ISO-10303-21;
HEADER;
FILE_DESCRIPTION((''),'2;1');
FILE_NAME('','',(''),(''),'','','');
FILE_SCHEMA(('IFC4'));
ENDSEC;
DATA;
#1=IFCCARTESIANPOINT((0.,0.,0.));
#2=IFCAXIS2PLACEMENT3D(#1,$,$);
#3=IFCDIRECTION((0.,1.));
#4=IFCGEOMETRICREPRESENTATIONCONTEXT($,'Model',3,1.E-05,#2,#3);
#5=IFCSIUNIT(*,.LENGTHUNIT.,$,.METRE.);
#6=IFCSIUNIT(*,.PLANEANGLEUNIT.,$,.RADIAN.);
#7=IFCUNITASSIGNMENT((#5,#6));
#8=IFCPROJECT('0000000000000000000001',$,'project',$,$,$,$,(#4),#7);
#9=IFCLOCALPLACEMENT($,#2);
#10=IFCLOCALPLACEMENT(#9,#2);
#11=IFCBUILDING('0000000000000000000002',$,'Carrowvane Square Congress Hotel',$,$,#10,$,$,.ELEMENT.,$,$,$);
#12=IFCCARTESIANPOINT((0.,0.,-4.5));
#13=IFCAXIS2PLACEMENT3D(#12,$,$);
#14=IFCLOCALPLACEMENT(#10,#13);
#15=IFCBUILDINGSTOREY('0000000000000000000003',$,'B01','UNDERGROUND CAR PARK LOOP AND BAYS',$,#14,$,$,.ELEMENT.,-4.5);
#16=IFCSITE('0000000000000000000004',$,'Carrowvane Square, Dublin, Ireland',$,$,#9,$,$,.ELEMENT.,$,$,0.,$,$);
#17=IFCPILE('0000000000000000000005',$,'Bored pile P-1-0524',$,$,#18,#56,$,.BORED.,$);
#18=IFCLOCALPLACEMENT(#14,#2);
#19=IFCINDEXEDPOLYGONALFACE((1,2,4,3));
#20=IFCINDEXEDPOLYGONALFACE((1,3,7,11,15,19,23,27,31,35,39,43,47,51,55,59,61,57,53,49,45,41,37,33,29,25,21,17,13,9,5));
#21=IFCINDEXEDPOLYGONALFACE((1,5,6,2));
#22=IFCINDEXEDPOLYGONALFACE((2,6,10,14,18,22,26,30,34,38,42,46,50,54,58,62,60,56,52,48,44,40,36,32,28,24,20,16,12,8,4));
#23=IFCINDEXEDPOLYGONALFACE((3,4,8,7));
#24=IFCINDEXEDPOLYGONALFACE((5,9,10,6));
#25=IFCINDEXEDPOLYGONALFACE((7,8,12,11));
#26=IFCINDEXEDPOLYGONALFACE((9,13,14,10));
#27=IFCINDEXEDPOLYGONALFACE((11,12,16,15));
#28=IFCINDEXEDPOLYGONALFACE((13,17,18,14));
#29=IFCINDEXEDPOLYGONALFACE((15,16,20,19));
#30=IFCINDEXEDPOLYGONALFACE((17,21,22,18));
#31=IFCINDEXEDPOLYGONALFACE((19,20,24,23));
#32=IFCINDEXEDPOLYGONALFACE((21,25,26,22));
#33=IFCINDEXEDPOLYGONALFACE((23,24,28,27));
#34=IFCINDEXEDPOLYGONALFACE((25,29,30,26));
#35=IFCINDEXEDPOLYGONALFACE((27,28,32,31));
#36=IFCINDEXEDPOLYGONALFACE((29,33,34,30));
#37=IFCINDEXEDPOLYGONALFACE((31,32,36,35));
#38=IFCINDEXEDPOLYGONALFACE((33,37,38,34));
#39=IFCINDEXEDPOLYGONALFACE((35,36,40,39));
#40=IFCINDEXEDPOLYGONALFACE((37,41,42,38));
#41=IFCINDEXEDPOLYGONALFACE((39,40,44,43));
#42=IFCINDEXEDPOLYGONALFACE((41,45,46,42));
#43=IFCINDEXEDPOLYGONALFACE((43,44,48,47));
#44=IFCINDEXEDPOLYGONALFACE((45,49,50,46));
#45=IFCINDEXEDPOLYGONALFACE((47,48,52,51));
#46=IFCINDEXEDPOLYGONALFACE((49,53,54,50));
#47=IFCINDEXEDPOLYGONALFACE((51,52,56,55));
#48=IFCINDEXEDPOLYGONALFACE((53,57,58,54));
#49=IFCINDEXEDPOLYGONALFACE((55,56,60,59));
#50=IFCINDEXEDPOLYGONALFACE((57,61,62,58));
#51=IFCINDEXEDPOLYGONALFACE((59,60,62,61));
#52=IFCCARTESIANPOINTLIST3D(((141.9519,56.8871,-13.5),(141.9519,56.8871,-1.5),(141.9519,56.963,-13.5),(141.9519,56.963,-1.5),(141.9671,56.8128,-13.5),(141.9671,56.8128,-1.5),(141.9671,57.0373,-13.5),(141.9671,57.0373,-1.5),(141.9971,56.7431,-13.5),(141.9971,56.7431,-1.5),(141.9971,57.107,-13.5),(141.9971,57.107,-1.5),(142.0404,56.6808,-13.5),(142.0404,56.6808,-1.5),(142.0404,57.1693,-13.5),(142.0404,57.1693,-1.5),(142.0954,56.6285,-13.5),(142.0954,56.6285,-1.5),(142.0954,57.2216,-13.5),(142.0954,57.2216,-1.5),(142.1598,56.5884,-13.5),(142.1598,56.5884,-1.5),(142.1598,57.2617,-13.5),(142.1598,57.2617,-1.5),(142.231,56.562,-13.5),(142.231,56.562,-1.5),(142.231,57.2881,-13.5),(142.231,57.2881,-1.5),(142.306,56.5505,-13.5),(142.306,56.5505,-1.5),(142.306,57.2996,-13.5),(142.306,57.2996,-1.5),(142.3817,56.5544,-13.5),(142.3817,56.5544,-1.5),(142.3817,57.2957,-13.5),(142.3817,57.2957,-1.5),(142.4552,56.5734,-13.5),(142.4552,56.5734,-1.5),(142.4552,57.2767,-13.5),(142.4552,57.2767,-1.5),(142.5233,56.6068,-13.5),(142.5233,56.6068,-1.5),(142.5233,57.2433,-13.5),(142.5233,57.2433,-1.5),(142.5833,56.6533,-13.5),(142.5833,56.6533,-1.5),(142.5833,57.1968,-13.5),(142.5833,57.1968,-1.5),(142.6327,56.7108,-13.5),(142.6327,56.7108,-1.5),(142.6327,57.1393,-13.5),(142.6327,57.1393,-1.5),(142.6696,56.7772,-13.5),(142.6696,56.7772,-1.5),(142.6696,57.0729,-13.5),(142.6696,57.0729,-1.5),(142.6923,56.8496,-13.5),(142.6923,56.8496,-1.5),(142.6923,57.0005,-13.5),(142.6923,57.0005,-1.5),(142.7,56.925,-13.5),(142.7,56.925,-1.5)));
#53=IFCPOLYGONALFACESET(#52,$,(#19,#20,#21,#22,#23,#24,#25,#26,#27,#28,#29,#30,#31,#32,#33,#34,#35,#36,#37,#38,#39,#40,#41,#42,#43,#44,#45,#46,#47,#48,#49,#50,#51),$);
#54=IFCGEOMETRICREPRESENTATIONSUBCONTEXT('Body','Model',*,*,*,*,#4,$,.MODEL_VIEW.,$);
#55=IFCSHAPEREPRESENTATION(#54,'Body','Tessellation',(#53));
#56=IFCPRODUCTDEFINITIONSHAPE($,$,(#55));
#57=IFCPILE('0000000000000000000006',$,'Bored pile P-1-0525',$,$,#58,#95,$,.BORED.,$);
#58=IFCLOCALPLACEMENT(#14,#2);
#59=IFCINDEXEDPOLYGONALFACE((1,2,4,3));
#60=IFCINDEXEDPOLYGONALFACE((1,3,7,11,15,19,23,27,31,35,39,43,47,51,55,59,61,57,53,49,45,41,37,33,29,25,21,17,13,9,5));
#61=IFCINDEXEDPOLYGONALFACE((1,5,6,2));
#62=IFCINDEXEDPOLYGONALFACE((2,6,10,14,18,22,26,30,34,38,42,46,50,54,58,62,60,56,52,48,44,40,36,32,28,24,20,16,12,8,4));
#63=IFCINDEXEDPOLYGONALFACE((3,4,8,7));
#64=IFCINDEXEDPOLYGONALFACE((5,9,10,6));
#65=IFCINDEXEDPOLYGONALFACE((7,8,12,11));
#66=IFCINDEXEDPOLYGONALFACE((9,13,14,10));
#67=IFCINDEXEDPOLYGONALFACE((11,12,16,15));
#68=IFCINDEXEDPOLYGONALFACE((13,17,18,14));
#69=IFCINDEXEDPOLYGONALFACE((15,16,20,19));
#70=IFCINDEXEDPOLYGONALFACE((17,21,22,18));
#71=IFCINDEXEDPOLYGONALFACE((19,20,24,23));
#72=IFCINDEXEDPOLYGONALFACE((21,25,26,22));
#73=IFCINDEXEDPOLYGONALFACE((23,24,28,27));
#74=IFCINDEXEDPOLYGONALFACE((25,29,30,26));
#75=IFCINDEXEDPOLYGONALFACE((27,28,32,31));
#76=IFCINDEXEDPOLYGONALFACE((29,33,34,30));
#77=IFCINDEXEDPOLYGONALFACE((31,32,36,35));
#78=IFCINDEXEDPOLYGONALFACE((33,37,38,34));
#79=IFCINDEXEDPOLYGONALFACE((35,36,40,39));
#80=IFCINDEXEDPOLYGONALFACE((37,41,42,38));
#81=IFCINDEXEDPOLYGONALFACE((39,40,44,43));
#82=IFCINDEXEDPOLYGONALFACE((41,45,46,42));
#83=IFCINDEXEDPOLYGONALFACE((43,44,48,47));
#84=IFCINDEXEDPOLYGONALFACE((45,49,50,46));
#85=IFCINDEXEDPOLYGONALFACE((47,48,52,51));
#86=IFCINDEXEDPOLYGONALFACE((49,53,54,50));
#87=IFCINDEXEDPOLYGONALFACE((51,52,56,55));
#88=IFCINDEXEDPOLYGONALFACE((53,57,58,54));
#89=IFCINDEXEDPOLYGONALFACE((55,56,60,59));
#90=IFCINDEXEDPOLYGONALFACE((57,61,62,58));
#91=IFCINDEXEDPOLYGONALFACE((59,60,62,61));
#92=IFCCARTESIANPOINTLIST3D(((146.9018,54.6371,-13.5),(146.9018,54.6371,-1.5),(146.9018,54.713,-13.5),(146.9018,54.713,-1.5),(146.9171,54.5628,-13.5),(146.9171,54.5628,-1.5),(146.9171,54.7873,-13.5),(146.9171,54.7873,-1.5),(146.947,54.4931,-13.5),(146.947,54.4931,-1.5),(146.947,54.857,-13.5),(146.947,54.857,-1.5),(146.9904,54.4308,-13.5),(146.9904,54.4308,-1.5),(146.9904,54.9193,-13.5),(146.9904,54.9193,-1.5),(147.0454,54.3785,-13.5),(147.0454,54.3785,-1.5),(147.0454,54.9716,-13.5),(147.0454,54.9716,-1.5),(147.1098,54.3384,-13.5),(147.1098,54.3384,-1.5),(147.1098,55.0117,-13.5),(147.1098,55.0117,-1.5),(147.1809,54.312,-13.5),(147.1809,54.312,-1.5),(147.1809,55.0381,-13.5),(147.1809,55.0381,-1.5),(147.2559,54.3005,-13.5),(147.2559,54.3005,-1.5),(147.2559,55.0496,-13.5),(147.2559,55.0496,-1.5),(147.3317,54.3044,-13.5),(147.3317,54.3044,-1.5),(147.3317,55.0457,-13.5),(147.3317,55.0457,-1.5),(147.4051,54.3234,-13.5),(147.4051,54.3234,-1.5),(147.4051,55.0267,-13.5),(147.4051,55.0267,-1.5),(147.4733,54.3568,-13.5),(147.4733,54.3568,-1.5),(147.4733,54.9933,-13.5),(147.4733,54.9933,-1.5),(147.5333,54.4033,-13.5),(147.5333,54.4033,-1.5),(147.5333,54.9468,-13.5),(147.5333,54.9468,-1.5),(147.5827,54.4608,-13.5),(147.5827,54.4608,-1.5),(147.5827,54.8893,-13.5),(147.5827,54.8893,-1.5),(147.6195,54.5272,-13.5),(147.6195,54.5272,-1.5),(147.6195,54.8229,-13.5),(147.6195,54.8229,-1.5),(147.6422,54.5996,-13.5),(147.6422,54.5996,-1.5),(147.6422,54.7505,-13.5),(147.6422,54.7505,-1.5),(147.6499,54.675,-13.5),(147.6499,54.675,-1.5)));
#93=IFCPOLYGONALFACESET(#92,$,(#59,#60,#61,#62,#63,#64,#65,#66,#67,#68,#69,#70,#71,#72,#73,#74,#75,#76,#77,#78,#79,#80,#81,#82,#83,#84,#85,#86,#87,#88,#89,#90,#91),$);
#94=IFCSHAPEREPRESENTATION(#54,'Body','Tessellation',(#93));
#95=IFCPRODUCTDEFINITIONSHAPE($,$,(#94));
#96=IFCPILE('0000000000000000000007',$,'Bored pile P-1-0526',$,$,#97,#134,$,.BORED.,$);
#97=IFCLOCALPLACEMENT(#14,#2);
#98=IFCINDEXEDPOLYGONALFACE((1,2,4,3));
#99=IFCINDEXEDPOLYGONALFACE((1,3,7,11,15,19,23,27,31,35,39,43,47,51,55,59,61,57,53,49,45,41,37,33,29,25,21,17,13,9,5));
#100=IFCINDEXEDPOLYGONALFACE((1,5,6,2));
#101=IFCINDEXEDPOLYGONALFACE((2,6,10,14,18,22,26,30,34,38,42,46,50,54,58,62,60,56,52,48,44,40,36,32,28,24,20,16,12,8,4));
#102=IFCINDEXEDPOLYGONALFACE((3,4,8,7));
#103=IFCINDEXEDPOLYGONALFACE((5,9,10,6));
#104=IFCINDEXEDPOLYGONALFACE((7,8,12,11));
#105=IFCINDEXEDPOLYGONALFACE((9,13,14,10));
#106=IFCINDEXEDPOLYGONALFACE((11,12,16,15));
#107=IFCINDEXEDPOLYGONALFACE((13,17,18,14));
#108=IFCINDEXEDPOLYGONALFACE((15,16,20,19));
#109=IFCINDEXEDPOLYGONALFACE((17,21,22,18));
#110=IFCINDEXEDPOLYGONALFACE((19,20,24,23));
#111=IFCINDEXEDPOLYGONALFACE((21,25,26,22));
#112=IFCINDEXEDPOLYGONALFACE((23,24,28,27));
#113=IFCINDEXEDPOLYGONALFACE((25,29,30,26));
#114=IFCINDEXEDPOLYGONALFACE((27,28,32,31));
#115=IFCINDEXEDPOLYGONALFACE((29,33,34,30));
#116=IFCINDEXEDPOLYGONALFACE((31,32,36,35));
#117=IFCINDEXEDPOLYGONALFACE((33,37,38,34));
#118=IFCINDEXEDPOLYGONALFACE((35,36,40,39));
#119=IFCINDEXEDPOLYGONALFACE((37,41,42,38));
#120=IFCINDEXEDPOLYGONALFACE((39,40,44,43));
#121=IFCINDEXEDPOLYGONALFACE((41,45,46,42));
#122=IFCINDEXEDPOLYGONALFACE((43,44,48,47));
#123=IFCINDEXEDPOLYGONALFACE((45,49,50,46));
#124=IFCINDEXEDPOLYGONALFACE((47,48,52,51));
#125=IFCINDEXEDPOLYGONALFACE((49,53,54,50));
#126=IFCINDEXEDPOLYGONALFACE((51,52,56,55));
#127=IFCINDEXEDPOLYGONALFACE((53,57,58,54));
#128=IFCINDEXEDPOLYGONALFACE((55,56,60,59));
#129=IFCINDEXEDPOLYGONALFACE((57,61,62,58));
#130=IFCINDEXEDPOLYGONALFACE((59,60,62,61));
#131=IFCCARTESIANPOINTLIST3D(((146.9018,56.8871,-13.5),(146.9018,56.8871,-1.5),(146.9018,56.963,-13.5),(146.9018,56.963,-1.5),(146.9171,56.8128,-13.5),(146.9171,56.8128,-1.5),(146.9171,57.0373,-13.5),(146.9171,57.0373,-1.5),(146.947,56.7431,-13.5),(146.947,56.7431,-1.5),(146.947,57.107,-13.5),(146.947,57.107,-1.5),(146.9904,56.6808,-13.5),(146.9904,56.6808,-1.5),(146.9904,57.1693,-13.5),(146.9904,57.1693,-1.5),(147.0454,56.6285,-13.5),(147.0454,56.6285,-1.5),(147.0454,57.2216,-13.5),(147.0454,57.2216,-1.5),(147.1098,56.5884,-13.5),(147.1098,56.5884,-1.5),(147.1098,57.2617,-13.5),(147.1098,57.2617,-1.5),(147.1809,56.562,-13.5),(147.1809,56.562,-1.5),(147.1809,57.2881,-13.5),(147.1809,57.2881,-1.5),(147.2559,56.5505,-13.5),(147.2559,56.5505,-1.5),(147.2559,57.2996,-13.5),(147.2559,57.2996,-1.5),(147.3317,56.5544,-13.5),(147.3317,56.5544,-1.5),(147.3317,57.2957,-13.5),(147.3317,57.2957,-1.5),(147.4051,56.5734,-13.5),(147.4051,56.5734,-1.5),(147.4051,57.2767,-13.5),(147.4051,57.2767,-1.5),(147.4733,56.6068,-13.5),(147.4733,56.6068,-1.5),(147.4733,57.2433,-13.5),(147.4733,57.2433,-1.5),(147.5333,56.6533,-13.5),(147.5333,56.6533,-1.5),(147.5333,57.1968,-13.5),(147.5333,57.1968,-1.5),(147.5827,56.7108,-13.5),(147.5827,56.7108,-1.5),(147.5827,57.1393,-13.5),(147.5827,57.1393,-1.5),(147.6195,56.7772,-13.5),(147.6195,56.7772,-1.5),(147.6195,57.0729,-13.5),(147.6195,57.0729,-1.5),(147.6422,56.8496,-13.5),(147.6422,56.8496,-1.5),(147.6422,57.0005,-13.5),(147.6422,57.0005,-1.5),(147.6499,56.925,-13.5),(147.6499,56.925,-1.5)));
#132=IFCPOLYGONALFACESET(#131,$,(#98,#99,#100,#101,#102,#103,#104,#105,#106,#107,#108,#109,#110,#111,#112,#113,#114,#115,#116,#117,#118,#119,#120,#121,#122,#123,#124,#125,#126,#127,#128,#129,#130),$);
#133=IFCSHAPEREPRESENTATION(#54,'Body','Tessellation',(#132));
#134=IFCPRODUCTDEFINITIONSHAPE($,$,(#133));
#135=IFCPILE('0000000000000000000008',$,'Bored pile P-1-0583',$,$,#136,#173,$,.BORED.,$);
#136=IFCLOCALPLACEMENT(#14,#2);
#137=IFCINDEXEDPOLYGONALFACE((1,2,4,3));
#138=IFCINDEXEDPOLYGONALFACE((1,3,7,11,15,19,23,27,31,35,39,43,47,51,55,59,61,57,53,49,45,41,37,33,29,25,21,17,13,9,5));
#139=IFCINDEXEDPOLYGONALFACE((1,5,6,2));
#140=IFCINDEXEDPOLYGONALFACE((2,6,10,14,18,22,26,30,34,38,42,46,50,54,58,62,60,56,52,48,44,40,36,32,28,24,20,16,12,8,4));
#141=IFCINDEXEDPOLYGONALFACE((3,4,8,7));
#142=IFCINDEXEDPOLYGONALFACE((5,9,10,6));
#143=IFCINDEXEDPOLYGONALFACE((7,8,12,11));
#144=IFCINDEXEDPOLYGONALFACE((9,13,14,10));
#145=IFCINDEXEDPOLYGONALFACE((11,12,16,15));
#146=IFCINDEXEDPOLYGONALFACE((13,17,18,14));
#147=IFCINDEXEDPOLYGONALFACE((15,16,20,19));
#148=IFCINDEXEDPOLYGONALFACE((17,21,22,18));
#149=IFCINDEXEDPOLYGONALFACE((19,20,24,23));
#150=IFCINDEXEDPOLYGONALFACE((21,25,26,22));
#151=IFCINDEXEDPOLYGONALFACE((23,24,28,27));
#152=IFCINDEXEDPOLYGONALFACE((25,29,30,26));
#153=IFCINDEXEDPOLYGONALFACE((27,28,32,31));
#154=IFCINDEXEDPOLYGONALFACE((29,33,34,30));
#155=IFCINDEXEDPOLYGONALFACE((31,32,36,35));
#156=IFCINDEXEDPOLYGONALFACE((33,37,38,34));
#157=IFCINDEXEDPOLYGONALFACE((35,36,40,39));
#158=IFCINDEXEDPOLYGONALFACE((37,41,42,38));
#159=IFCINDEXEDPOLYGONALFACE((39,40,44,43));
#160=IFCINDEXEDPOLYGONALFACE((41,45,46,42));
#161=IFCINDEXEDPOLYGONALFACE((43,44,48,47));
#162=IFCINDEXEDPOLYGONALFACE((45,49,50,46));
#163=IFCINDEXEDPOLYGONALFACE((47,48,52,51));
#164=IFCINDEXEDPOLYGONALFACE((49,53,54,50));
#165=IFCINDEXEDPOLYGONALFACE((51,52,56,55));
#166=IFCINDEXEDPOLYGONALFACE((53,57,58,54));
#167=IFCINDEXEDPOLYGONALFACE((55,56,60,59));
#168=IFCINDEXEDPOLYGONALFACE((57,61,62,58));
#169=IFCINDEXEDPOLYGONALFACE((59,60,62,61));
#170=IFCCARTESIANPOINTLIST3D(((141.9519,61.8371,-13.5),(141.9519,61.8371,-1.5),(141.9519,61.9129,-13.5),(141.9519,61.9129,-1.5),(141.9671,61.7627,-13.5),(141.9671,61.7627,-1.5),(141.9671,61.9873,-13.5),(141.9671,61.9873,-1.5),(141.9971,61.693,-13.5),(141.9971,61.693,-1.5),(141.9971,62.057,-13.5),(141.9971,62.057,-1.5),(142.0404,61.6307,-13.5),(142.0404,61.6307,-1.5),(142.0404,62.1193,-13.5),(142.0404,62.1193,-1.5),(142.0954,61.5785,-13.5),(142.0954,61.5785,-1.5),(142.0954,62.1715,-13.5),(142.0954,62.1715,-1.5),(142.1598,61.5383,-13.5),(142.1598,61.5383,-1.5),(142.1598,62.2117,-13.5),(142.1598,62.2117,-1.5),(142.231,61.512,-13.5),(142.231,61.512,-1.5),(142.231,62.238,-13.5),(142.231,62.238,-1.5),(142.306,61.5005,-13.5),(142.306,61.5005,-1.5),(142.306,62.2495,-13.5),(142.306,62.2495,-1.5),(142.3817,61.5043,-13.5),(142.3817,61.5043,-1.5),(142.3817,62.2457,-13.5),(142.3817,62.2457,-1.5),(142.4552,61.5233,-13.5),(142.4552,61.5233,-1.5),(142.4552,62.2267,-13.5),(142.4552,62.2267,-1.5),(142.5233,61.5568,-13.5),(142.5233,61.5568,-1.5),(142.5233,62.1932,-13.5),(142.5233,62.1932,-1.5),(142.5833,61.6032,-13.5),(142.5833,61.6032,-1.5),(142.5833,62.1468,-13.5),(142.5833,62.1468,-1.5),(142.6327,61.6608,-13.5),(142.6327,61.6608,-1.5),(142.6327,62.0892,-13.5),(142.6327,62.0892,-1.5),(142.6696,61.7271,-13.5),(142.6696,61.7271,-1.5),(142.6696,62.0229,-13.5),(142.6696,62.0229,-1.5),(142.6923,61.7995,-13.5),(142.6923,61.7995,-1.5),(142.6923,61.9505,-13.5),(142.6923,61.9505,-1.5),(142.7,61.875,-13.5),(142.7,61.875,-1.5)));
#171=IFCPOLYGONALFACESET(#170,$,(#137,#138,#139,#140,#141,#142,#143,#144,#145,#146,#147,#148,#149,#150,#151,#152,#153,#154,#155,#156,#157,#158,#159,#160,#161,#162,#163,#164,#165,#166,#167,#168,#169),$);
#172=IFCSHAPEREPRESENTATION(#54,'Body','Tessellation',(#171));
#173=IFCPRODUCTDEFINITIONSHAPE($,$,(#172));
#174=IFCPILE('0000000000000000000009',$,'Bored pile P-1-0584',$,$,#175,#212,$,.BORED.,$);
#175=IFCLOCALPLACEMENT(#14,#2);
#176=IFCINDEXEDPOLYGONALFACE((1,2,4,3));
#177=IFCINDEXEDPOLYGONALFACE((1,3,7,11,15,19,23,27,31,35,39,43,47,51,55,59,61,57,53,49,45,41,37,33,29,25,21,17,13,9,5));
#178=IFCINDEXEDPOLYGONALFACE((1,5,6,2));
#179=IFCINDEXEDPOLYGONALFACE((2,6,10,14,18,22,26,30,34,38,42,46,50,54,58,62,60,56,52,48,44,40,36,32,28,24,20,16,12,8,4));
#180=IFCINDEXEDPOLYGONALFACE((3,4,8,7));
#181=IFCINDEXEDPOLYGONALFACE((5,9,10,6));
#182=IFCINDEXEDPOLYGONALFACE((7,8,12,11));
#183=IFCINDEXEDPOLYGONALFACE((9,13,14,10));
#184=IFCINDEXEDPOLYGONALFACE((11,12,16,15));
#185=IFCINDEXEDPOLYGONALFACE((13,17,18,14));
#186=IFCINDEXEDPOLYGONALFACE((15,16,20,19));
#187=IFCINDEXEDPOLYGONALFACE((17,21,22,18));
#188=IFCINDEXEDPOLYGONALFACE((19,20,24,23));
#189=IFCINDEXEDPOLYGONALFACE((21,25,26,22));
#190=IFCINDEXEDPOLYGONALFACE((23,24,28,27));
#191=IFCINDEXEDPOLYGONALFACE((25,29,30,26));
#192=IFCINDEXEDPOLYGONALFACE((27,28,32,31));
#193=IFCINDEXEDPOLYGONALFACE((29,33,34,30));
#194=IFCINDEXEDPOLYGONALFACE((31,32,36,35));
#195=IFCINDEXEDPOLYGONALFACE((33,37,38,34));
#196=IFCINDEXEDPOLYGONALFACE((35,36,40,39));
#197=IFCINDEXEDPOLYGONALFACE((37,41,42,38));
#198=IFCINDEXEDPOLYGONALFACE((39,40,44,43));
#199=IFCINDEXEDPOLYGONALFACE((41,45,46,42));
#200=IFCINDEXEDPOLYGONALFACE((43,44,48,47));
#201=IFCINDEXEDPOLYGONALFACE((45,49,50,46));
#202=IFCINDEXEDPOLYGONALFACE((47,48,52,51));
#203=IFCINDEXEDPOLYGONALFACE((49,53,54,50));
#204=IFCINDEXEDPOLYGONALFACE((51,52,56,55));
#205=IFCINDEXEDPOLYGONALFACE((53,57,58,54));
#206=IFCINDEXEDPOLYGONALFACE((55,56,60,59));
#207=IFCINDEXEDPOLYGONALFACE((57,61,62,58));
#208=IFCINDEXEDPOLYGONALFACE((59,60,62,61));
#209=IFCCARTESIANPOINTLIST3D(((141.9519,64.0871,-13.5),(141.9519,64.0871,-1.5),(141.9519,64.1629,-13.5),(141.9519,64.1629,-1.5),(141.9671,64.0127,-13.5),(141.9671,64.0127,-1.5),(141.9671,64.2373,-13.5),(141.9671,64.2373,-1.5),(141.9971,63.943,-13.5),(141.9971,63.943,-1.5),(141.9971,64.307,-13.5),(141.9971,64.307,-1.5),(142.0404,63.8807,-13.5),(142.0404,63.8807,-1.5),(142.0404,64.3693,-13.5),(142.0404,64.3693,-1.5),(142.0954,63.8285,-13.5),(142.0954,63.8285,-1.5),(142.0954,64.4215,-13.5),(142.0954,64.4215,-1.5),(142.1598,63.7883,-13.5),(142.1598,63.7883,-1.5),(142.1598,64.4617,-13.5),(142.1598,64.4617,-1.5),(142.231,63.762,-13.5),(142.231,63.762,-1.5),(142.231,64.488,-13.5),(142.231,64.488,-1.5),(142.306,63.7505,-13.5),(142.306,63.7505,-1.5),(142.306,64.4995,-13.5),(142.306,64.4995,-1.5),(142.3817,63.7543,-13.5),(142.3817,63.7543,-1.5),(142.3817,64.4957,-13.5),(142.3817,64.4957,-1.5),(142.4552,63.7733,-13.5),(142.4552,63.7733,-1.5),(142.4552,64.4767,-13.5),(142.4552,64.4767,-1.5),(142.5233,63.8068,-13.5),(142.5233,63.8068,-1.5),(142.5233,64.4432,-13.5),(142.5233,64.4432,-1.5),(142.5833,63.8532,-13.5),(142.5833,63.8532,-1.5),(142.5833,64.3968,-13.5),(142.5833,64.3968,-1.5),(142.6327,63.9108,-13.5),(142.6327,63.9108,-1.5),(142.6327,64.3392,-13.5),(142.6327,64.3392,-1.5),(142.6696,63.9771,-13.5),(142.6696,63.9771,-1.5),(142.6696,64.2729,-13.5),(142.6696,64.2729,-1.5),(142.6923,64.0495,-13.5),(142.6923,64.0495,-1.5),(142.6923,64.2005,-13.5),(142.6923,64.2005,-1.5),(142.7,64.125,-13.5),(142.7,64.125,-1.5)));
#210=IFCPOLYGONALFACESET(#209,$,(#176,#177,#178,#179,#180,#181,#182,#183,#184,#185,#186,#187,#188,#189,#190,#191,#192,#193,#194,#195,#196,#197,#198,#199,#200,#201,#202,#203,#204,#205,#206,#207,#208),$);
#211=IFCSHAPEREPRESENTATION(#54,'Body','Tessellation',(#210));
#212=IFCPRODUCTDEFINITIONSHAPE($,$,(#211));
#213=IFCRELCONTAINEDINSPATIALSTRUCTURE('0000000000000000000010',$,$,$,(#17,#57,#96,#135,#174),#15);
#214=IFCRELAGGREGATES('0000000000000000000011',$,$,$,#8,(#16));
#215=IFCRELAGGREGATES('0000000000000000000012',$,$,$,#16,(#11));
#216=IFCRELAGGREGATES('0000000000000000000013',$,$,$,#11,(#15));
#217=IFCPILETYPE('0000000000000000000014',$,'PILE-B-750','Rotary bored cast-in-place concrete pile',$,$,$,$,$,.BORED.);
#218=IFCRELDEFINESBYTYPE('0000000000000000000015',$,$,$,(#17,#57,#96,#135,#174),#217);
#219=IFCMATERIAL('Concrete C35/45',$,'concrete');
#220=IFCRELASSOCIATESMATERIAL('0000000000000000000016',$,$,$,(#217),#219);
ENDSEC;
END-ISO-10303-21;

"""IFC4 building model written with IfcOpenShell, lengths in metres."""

from ifc_helpers import new_model, si_unit, direction, frame, origin, origin_2d, place, context, subcontext, project, spatial, circle, extrude, material, material_profile, profile_set, type_object, element, save


model = new_model("IFC4")

# Units and contexts
model_context = context("Model", 3, precision=1e-05, world=origin(), true_north=direction((0.0, 1.0)))
body_context = subcontext(model_context, "Body", "Model", "MODEL_VIEW")
ifc_project = project(units=[si_unit("LENGTHUNIT", "METRE"), si_unit("PLANEANGLEUNIT", "RADIAN")], contexts=[model_context])

# Site, building, storey
site_placement = place(None, origin())
site = spatial("IfcSite", under=ifc_project, at=site_placement, Name="Carrowvane Square, Dublin, Ireland", CompositionType="ELEMENT", RefElevation=0.0)
building_placement = place(site_placement, origin())
building = spatial("IfcBuilding", under=site, at=building_placement, Name="Carrowvane Square Congress Hotel", CompositionType="ELEMENT")
storey_placement = place(building_placement, frame((0.0, 0.0, -4.5)))
storey = spatial("IfcBuildingStorey", under=building, at=storey_placement, Name="B01", Description="UNDERGROUND CAR PARK LOOP AND BAYS", CompositionType="ELEMENT", Elevation=-4.5)

# Piles
ifc_material_1 = material(Name="Concrete C35/45", Category="concrete")
ifc_material_profile_1 = material_profile(ifc_material_1, circle(Radius=0.375, at=origin_2d()), Name="PILE D750")
ifc_profile_set_1 = profile_set([ifc_material_profile_1], Name="Concrete C35/45")
pile_type_1 = type_object("IfcPileType", Name="PILE-B-750", Description="Rotary bored cast-in-place concrete pile", PredefinedType="BORED", material=ifc_profile_set_1)
for number, where, z_axis, x_axis, name in (
    (1, (142.325, 56.925, -1.5), (0.0, 0.0, -1.0), (1.0, 0.0, 0.0), "Bored pile P-1-0524"),
    (2, (147.2749, 54.675, -1.5), (0.0, 0.0, -1.0), (1.0, 0.0, 0.0), "Bored pile P-1-0525"),
    (3, (147.2749, 56.925, -1.5), (0.0, 0.0, -1.0), (1.0, 0.0, 0.0), "Bored pile P-1-0526"),
    (4, (142.325, 61.875, -1.5), (0.0, 0.0, -1.0), (1.0, 0.0, 0.0), "Bored pile P-1-0583"),
    (5, (142.325, 64.125, -1.5), (0.0, 0.0, -1.0), (1.0, 0.0, 0.0), "Bored pile P-1-0584"),
):
    element("IfcPile", number, at=place(storey_placement, frame(where, z_axis=z_axis, x_axis=x_axis)), inside=storey, type_object=pile_type_1, Name=name, PredefinedType="BORED", context=body_context, shape_type="SweptSolid", body=[
        extrude(circle(Radius=0.375, at=origin_2d()), origin(), (0.0, 0.0, 1.0), 12.0),
    ])

save(model, "model.ifc")
